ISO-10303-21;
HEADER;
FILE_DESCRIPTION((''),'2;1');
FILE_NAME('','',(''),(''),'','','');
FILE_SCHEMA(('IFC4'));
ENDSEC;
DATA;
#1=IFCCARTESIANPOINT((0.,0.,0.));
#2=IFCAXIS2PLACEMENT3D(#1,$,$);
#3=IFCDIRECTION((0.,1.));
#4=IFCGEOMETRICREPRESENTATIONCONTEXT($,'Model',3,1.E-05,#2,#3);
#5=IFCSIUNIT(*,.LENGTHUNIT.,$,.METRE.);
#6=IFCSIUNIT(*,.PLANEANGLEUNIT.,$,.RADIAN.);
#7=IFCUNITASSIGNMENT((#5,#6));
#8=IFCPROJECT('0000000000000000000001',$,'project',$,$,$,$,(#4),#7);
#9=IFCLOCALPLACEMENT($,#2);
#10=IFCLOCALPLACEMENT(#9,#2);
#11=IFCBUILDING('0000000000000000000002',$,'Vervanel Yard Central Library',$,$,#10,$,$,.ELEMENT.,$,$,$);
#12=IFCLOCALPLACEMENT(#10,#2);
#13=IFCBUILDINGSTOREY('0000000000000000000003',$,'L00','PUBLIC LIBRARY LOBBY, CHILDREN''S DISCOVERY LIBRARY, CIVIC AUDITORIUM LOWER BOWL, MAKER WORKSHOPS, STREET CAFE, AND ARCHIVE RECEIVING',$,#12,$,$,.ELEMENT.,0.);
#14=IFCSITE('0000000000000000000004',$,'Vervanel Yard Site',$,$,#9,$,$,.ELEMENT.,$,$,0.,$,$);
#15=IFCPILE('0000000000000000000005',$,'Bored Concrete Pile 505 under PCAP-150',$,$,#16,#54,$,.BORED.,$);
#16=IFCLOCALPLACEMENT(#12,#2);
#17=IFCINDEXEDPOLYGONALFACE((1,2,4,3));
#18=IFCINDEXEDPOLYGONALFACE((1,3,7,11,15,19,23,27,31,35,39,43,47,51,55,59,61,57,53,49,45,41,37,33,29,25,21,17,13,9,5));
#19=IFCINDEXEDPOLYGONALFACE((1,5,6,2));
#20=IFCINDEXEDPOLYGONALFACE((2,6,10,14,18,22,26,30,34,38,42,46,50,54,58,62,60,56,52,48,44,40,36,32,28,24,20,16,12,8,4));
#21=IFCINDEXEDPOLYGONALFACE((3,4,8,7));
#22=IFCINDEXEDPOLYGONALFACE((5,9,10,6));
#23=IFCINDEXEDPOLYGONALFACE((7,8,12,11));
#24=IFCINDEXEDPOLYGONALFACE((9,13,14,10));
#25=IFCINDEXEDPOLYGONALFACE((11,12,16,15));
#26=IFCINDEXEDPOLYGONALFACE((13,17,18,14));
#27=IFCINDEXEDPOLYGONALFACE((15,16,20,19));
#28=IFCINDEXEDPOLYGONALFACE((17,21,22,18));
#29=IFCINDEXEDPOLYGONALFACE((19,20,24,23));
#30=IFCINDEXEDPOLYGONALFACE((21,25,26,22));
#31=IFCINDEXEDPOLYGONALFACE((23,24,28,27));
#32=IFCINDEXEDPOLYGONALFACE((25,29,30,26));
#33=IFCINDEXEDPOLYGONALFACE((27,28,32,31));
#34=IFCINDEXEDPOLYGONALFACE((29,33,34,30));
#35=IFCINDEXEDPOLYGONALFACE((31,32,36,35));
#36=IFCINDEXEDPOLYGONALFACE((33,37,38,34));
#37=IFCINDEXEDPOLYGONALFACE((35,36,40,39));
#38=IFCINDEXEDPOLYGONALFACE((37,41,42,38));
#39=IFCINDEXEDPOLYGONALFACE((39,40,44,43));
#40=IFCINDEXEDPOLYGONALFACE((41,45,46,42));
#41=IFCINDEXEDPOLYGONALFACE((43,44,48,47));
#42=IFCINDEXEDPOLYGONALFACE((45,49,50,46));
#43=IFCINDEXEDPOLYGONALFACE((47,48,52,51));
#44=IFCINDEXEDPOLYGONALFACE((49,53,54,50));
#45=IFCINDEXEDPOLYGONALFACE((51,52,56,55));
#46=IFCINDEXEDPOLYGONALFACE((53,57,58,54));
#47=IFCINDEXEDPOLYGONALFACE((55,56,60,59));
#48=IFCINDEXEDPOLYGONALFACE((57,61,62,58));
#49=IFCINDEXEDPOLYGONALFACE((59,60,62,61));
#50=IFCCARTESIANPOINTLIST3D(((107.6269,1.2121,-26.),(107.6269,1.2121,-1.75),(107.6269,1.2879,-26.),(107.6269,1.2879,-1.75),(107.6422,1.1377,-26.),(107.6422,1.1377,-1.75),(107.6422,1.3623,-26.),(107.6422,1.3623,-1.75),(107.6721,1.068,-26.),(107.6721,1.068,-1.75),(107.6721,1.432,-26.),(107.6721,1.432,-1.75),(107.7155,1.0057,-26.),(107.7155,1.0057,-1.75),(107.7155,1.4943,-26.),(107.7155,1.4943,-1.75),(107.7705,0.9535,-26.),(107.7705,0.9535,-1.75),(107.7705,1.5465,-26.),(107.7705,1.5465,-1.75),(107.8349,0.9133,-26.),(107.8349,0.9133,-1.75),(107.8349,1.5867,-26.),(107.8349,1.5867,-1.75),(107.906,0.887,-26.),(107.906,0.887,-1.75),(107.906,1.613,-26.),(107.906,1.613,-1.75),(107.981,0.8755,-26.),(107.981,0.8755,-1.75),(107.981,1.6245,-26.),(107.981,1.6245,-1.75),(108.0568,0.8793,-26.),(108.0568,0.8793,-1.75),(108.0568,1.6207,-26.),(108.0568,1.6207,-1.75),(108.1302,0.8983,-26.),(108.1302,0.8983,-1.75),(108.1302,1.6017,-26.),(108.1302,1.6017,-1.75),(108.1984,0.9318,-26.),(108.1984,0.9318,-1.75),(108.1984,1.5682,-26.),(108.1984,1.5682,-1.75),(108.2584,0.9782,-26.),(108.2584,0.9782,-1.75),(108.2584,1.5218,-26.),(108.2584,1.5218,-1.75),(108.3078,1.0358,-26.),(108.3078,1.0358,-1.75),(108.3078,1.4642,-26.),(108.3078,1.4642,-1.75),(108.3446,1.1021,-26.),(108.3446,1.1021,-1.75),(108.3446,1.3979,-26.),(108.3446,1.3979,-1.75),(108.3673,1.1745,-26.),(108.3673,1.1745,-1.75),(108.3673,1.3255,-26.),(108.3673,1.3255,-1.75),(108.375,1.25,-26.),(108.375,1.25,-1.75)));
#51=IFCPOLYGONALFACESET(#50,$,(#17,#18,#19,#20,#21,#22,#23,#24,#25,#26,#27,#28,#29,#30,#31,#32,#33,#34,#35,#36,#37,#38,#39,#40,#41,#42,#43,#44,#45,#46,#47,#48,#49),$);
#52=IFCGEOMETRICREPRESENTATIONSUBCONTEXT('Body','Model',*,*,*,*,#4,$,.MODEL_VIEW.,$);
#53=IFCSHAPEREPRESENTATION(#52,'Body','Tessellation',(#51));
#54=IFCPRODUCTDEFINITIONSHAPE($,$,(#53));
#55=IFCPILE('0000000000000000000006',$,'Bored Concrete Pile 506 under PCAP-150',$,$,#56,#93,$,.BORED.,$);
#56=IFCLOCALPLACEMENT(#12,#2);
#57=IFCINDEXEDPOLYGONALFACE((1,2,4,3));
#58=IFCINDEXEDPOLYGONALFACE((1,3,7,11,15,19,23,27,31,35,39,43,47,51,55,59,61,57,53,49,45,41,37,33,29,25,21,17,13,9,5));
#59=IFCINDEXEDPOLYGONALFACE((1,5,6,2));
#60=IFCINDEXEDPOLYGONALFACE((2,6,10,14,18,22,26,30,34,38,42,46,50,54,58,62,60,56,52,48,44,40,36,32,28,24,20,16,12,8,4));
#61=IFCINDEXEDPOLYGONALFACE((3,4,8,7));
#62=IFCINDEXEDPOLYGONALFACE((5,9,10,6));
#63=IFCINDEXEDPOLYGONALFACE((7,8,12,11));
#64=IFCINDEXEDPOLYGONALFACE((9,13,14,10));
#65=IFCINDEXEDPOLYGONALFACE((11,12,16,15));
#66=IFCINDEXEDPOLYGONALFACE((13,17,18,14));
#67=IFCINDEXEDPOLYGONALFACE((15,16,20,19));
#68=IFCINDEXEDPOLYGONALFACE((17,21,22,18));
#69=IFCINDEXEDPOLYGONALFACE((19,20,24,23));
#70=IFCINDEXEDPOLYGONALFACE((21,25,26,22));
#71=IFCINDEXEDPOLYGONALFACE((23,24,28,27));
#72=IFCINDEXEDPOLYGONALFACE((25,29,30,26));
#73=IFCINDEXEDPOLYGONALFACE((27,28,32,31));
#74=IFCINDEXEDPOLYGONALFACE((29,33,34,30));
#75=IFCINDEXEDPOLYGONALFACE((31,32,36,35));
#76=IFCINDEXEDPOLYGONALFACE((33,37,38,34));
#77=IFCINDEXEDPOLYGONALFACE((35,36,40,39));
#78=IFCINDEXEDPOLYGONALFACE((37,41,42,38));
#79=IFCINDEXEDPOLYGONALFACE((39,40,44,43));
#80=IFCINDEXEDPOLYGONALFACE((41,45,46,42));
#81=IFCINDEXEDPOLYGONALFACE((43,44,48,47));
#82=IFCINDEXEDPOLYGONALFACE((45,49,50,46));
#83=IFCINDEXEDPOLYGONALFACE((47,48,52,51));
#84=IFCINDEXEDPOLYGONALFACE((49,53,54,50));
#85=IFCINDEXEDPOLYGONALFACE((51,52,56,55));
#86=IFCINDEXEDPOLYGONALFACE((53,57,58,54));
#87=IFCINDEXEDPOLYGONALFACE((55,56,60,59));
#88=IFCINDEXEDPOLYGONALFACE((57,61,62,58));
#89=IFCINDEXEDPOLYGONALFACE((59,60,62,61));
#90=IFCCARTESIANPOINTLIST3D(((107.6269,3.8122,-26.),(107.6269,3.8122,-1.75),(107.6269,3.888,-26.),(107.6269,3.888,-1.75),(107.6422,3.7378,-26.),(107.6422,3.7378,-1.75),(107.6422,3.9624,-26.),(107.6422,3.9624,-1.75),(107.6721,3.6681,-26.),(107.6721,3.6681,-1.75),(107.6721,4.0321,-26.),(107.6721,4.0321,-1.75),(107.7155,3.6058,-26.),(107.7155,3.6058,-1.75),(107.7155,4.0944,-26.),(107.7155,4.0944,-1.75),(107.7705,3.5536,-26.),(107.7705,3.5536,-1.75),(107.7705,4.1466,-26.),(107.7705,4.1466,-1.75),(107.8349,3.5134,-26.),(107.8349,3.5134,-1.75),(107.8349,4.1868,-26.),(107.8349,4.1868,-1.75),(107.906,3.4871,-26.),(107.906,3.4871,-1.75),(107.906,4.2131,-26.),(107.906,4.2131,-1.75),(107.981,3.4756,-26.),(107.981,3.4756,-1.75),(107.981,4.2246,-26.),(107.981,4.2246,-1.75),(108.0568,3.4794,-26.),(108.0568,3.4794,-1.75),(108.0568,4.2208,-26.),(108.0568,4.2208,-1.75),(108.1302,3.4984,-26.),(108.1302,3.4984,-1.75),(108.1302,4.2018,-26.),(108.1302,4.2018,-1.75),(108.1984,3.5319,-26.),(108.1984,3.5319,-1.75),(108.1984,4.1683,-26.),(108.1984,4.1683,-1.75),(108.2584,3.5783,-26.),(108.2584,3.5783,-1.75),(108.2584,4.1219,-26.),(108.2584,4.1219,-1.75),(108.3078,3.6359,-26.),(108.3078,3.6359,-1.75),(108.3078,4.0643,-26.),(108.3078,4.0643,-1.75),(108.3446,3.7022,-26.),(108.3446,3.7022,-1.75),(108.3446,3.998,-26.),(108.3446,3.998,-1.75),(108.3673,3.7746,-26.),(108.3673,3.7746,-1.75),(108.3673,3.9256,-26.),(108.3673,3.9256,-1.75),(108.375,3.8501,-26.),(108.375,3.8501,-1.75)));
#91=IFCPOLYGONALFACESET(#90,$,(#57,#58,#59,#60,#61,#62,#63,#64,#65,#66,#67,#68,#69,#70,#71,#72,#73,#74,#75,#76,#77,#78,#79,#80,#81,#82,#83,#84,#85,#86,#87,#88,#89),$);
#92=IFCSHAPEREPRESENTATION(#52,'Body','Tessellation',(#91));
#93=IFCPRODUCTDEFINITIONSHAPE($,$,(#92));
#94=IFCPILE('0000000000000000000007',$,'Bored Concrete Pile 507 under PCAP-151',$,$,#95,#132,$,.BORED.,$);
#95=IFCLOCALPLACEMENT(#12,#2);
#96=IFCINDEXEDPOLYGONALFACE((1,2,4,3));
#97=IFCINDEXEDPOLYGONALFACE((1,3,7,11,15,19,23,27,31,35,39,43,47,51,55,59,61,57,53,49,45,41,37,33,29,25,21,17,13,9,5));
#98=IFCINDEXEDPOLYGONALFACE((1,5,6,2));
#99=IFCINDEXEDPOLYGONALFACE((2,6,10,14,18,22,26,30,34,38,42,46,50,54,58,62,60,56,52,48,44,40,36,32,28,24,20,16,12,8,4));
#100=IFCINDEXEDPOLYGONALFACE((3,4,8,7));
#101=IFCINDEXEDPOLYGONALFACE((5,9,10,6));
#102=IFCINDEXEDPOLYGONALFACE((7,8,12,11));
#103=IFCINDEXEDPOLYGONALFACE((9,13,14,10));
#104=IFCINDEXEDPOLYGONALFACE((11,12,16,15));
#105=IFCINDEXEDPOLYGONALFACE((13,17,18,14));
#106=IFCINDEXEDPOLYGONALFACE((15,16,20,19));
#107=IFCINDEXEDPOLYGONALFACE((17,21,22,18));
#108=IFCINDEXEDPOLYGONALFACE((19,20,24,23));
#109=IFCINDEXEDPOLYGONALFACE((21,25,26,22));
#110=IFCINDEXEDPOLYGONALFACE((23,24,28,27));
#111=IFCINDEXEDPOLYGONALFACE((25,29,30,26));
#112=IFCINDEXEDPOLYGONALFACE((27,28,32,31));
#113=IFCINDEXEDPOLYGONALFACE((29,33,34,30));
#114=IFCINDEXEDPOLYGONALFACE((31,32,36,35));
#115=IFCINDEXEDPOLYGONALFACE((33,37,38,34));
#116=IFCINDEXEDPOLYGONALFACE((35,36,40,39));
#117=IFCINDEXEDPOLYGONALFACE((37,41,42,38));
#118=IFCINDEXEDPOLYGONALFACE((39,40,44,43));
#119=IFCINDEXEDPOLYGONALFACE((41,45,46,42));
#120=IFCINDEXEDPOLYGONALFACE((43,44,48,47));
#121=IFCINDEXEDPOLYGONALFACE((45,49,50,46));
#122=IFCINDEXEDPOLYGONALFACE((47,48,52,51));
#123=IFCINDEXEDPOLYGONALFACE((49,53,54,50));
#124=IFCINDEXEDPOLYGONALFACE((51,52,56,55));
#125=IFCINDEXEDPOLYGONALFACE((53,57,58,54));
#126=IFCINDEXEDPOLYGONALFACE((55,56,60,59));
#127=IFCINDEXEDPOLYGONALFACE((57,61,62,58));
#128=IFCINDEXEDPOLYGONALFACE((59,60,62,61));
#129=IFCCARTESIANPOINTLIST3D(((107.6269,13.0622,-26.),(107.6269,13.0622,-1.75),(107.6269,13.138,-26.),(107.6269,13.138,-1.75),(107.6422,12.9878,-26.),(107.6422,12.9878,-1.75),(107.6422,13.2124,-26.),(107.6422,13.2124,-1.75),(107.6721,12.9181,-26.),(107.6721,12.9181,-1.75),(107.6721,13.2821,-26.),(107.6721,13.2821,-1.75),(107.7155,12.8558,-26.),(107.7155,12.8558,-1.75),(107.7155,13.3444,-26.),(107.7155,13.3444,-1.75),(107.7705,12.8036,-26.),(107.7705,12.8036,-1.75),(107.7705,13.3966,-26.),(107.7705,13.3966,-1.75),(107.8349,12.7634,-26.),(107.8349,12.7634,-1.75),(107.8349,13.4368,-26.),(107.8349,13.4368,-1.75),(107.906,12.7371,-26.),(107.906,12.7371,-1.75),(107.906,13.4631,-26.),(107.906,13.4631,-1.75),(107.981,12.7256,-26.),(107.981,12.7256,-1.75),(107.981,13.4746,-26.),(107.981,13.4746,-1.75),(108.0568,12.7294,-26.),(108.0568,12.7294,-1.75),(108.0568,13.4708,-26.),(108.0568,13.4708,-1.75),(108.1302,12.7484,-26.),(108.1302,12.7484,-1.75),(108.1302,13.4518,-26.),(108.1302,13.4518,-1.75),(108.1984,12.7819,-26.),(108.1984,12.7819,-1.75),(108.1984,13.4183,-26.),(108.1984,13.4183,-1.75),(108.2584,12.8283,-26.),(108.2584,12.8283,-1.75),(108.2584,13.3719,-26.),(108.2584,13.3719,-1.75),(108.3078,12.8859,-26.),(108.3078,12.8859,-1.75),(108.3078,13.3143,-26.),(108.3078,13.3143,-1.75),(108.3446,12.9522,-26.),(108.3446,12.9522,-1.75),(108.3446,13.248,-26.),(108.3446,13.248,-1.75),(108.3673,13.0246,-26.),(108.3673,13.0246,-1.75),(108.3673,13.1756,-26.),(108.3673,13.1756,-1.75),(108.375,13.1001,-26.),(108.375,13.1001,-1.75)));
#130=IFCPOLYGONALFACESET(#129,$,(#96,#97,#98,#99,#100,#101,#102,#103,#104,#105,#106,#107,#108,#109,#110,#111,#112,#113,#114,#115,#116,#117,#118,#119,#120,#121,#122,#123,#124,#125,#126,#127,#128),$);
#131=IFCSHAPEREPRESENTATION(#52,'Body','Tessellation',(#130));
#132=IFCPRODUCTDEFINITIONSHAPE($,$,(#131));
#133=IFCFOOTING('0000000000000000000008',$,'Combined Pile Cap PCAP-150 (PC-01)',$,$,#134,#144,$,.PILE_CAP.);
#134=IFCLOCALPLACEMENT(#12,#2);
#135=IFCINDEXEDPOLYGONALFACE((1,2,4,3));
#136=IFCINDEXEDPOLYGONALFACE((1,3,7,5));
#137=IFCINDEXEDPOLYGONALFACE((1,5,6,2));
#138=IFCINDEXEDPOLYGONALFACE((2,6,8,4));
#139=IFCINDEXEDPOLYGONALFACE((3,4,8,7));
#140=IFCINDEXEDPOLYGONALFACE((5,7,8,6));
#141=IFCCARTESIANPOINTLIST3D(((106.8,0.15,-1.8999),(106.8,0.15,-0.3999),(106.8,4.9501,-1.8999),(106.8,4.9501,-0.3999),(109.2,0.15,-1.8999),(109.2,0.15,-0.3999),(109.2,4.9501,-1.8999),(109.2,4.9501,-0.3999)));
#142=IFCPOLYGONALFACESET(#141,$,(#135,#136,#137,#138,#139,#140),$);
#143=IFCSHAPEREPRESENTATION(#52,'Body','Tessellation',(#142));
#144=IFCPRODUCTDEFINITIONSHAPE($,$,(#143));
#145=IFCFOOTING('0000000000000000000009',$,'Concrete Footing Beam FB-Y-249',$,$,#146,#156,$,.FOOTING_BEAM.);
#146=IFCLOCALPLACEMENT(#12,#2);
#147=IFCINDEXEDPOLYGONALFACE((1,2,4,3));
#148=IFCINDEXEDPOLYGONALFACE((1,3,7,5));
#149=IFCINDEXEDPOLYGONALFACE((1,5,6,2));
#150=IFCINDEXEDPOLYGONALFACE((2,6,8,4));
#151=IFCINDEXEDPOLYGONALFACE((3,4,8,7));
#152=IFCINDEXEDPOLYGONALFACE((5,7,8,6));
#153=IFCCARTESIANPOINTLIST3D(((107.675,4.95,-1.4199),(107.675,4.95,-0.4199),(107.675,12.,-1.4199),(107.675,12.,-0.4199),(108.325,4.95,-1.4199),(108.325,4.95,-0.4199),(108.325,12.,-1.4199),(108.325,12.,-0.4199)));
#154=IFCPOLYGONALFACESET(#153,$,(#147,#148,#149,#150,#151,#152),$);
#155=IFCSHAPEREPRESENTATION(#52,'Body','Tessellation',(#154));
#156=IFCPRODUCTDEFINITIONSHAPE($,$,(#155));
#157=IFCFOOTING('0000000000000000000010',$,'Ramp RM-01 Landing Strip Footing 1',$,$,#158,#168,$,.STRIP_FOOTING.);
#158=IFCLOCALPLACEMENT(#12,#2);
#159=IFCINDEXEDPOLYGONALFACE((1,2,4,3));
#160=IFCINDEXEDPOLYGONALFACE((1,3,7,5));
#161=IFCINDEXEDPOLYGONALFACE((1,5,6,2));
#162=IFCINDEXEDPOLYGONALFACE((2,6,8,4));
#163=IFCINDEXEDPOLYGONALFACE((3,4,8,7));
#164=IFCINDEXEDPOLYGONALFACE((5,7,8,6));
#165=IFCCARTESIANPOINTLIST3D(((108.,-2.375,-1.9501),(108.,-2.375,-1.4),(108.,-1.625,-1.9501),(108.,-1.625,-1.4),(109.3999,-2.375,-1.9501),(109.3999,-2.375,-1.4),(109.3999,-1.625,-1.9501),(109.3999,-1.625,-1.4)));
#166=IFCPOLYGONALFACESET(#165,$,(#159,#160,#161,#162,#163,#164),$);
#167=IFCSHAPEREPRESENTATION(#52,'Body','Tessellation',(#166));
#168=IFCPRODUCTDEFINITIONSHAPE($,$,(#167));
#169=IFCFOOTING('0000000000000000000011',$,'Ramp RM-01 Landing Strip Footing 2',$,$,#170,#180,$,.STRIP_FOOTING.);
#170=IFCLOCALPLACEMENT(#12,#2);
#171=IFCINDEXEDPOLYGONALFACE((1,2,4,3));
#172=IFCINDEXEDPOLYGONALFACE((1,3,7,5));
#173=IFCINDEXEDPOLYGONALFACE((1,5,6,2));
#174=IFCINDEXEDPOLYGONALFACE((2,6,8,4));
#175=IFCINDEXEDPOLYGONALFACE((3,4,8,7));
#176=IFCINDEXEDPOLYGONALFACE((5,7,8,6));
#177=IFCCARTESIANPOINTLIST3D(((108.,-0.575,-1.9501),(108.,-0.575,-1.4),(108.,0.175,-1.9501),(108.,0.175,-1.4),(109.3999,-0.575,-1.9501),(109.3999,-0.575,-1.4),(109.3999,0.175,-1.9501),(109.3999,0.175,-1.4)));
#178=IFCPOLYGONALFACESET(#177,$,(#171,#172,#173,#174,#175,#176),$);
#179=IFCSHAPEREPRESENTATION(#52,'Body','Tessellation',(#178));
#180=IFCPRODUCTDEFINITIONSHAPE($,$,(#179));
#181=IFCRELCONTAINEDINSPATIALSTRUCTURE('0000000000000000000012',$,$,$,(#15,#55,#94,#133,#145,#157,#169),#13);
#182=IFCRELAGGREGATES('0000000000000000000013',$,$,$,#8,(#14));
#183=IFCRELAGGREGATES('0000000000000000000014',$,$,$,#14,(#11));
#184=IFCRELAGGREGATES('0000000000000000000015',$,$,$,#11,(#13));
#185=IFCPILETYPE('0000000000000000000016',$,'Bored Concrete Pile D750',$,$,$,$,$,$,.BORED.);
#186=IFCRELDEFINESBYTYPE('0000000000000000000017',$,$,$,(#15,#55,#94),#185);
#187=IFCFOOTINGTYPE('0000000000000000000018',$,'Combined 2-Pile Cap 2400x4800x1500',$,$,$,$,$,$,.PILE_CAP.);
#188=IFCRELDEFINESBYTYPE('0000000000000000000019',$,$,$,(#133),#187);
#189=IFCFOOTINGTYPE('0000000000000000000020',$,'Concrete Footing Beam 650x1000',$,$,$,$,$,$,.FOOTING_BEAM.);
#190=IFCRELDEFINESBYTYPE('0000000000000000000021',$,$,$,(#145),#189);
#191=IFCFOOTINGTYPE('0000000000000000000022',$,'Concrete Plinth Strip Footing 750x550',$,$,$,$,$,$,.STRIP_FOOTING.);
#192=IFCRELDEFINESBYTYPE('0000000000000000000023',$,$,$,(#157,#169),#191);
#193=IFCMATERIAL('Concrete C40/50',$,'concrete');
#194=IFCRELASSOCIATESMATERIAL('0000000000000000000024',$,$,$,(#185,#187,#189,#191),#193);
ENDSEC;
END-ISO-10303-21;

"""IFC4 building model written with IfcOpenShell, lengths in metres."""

from ifc_helpers import new_model, si_unit, direction, frame, origin, origin_2d, place, context, subcontext, project, spatial, rectangle, circle, extrude, material, material_profile, profile_set, type_object, element, save


model = new_model("IFC4")

# Units and contexts
model_context = context("Model", 3, precision=1e-05, world=origin(), true_north=direction((0.0, 1.0)))
body_context = subcontext(model_context, "Body", "Model", "MODEL_VIEW")
ifc_project = project(units=[si_unit("LENGTHUNIT", "METRE"), si_unit("PLANEANGLEUNIT", "RADIAN")], contexts=[model_context])

# Site, building, storey
site_placement = place(None, origin())
site = spatial("IfcSite", under=ifc_project, at=site_placement, Name="Vervanel Yard Site", CompositionType="ELEMENT", RefElevation=0.0)
building_placement = place(site_placement, origin())
building = spatial("IfcBuilding", under=site, at=building_placement, Name="Vervanel Yard Central Library", CompositionType="ELEMENT")
storey_placement = place(building_placement, origin())
storey = spatial("IfcBuildingStorey", under=building, at=storey_placement, Name="L00", Description="PUBLIC LIBRARY LOBBY, CHILDREN'S DISCOVERY LIBRARY, CIVIC AUDITORIUM LOWER BOWL, MAKER WORKSHOPS, STREET CAFE, AND ARCHIVE RECEIVING", CompositionType="ELEMENT", Elevation=0.0)

# Piles
ifc_material_1 = material(Name="Concrete C40/50", Category="concrete")
ifc_material_profile_1 = material_profile(ifc_material_1, circle(Radius=0.375, at=origin_2d()), Name="BP D750", Category="concrete")
ifc_profile_set_1 = profile_set([ifc_material_profile_1], Name="Concrete C40/50")
pile_type = type_object("IfcPileType", Name="Bored Concrete Pile D750", PredefinedType="BORED", material=ifc_profile_set_1)
for number, where, z_axis, x_axis, name in (
    (1, (108.0, 1.25, -1.75), (0.0, 0.0, -1.0), (1.0, 0.0, 0.0), "Bored Concrete Pile 505 under PCAP-150"),
    (2, (108.0, 3.8501, -1.75), (0.0, 0.0, -1.0), (1.0, 0.0, 0.0), "Bored Concrete Pile 506 under PCAP-150"),
    (3, (108.0, 13.1001, -1.75), (0.0, 0.0, -1.0), (1.0, 0.0, 0.0), "Bored Concrete Pile 507 under PCAP-151"),
):
    element("IfcPile", number, at=place(storey_placement, frame(where, z_axis=z_axis, x_axis=x_axis)), inside=storey, type_object=pile_type, Name=name, PredefinedType="BORED", context=body_context, shape_type="SweptSolid", body=[
        extrude(circle(Radius=0.375, at=origin_2d()), origin(), (0.0, 0.0, 1.0), 24.25),
    ])

# Footings
footing_type_1 = type_object("IfcFootingType", Name="Combined 2-Pile Cap 2400x4800x1500", PredefinedType="PILE_CAP", material=ifc_material_1)
footing_1_placement = place(storey_placement, frame((108.0, 2.55, -1.8999), z_axis=(0.0, 0.0, 1.0), x_axis=(1.0, 0.0, 0.0)))
element("IfcFooting", 4, at=footing_1_placement, inside=storey, type_object=footing_type_1, Name="Combined Pile Cap PCAP-150 (PC-01)", PredefinedType="PILE_CAP", context=body_context, shape_type="SweptSolid", body=[
    extrude(rectangle(XDim=2.3999, YDim=4.8, at=origin_2d()), origin(), (0.0, 0.0, 1.0), 1.5),
])
ifc_material_profile_2 = material_profile(ifc_material_1, rectangle(XDim=0.6499, YDim=1.0, at=origin_2d()), Name="RC 650x1000", Category="concrete")
ifc_profile_set_2 = profile_set([ifc_material_profile_2], Name="Concrete C40/50")
footing_type_2 = type_object("IfcFootingType", Name="Concrete Footing Beam 650x1000", PredefinedType="FOOTING_BEAM", material=ifc_profile_set_2)
footing_2_placement = place(storey_placement, frame((108.0, 4.95, -0.9199), z_axis=(0.0, 1.0, 0.0), x_axis=(-1.0, 0.0, 0.0)))
element("IfcFooting", 5, at=footing_2_placement, inside=storey, type_object=footing_type_2, Name="Concrete Footing Beam FB-Y-249", PredefinedType="FOOTING_BEAM", context=body_context, shape_type="SweptSolid", body=[
    extrude(rectangle(XDim=0.6499, YDim=1.0, at=origin_2d()), origin(), (0.0, 0.0, 1.0), 7.05),
])
ifc_material_profile_3 = material_profile(ifc_material_1, rectangle(XDim=0.75, YDim=0.55, at=origin_2d()), Name="RC 750x550", Category="concrete")
ifc_profile_set_3 = profile_set([ifc_material_profile_3], Name="Concrete C40/50")
footing_type_3 = type_object("IfcFootingType", Name="Concrete Plinth Strip Footing 750x550", PredefinedType="STRIP_FOOTING", material=ifc_profile_set_3)
for number, where, z_axis, x_axis, name in (
    (6, (108.0, -2.0, -1.675), (1.0, 0.0, 0.0), (0.0, 1.0, 0.0), "Ramp RM-01 Landing Strip Footing 1"),
    (7, (108.0, -0.2, -1.675), (1.0, 0.0, 0.0), (0.0, 1.0, 0.0), "Ramp RM-01 Landing Strip Footing 2"),
):
    element("IfcFooting", number, at=place(storey_placement, frame(where, z_axis=z_axis, x_axis=x_axis)), inside=storey, type_object=footing_type_3, Name=name, PredefinedType="STRIP_FOOTING", context=body_context, shape_type="SweptSolid", body=[
        extrude(rectangle(XDim=0.75, YDim=0.55, at=origin_2d()), origin(), (0.0, 0.0, 1.0), 1.3999),
    ])

save(model, "model.ifc")
